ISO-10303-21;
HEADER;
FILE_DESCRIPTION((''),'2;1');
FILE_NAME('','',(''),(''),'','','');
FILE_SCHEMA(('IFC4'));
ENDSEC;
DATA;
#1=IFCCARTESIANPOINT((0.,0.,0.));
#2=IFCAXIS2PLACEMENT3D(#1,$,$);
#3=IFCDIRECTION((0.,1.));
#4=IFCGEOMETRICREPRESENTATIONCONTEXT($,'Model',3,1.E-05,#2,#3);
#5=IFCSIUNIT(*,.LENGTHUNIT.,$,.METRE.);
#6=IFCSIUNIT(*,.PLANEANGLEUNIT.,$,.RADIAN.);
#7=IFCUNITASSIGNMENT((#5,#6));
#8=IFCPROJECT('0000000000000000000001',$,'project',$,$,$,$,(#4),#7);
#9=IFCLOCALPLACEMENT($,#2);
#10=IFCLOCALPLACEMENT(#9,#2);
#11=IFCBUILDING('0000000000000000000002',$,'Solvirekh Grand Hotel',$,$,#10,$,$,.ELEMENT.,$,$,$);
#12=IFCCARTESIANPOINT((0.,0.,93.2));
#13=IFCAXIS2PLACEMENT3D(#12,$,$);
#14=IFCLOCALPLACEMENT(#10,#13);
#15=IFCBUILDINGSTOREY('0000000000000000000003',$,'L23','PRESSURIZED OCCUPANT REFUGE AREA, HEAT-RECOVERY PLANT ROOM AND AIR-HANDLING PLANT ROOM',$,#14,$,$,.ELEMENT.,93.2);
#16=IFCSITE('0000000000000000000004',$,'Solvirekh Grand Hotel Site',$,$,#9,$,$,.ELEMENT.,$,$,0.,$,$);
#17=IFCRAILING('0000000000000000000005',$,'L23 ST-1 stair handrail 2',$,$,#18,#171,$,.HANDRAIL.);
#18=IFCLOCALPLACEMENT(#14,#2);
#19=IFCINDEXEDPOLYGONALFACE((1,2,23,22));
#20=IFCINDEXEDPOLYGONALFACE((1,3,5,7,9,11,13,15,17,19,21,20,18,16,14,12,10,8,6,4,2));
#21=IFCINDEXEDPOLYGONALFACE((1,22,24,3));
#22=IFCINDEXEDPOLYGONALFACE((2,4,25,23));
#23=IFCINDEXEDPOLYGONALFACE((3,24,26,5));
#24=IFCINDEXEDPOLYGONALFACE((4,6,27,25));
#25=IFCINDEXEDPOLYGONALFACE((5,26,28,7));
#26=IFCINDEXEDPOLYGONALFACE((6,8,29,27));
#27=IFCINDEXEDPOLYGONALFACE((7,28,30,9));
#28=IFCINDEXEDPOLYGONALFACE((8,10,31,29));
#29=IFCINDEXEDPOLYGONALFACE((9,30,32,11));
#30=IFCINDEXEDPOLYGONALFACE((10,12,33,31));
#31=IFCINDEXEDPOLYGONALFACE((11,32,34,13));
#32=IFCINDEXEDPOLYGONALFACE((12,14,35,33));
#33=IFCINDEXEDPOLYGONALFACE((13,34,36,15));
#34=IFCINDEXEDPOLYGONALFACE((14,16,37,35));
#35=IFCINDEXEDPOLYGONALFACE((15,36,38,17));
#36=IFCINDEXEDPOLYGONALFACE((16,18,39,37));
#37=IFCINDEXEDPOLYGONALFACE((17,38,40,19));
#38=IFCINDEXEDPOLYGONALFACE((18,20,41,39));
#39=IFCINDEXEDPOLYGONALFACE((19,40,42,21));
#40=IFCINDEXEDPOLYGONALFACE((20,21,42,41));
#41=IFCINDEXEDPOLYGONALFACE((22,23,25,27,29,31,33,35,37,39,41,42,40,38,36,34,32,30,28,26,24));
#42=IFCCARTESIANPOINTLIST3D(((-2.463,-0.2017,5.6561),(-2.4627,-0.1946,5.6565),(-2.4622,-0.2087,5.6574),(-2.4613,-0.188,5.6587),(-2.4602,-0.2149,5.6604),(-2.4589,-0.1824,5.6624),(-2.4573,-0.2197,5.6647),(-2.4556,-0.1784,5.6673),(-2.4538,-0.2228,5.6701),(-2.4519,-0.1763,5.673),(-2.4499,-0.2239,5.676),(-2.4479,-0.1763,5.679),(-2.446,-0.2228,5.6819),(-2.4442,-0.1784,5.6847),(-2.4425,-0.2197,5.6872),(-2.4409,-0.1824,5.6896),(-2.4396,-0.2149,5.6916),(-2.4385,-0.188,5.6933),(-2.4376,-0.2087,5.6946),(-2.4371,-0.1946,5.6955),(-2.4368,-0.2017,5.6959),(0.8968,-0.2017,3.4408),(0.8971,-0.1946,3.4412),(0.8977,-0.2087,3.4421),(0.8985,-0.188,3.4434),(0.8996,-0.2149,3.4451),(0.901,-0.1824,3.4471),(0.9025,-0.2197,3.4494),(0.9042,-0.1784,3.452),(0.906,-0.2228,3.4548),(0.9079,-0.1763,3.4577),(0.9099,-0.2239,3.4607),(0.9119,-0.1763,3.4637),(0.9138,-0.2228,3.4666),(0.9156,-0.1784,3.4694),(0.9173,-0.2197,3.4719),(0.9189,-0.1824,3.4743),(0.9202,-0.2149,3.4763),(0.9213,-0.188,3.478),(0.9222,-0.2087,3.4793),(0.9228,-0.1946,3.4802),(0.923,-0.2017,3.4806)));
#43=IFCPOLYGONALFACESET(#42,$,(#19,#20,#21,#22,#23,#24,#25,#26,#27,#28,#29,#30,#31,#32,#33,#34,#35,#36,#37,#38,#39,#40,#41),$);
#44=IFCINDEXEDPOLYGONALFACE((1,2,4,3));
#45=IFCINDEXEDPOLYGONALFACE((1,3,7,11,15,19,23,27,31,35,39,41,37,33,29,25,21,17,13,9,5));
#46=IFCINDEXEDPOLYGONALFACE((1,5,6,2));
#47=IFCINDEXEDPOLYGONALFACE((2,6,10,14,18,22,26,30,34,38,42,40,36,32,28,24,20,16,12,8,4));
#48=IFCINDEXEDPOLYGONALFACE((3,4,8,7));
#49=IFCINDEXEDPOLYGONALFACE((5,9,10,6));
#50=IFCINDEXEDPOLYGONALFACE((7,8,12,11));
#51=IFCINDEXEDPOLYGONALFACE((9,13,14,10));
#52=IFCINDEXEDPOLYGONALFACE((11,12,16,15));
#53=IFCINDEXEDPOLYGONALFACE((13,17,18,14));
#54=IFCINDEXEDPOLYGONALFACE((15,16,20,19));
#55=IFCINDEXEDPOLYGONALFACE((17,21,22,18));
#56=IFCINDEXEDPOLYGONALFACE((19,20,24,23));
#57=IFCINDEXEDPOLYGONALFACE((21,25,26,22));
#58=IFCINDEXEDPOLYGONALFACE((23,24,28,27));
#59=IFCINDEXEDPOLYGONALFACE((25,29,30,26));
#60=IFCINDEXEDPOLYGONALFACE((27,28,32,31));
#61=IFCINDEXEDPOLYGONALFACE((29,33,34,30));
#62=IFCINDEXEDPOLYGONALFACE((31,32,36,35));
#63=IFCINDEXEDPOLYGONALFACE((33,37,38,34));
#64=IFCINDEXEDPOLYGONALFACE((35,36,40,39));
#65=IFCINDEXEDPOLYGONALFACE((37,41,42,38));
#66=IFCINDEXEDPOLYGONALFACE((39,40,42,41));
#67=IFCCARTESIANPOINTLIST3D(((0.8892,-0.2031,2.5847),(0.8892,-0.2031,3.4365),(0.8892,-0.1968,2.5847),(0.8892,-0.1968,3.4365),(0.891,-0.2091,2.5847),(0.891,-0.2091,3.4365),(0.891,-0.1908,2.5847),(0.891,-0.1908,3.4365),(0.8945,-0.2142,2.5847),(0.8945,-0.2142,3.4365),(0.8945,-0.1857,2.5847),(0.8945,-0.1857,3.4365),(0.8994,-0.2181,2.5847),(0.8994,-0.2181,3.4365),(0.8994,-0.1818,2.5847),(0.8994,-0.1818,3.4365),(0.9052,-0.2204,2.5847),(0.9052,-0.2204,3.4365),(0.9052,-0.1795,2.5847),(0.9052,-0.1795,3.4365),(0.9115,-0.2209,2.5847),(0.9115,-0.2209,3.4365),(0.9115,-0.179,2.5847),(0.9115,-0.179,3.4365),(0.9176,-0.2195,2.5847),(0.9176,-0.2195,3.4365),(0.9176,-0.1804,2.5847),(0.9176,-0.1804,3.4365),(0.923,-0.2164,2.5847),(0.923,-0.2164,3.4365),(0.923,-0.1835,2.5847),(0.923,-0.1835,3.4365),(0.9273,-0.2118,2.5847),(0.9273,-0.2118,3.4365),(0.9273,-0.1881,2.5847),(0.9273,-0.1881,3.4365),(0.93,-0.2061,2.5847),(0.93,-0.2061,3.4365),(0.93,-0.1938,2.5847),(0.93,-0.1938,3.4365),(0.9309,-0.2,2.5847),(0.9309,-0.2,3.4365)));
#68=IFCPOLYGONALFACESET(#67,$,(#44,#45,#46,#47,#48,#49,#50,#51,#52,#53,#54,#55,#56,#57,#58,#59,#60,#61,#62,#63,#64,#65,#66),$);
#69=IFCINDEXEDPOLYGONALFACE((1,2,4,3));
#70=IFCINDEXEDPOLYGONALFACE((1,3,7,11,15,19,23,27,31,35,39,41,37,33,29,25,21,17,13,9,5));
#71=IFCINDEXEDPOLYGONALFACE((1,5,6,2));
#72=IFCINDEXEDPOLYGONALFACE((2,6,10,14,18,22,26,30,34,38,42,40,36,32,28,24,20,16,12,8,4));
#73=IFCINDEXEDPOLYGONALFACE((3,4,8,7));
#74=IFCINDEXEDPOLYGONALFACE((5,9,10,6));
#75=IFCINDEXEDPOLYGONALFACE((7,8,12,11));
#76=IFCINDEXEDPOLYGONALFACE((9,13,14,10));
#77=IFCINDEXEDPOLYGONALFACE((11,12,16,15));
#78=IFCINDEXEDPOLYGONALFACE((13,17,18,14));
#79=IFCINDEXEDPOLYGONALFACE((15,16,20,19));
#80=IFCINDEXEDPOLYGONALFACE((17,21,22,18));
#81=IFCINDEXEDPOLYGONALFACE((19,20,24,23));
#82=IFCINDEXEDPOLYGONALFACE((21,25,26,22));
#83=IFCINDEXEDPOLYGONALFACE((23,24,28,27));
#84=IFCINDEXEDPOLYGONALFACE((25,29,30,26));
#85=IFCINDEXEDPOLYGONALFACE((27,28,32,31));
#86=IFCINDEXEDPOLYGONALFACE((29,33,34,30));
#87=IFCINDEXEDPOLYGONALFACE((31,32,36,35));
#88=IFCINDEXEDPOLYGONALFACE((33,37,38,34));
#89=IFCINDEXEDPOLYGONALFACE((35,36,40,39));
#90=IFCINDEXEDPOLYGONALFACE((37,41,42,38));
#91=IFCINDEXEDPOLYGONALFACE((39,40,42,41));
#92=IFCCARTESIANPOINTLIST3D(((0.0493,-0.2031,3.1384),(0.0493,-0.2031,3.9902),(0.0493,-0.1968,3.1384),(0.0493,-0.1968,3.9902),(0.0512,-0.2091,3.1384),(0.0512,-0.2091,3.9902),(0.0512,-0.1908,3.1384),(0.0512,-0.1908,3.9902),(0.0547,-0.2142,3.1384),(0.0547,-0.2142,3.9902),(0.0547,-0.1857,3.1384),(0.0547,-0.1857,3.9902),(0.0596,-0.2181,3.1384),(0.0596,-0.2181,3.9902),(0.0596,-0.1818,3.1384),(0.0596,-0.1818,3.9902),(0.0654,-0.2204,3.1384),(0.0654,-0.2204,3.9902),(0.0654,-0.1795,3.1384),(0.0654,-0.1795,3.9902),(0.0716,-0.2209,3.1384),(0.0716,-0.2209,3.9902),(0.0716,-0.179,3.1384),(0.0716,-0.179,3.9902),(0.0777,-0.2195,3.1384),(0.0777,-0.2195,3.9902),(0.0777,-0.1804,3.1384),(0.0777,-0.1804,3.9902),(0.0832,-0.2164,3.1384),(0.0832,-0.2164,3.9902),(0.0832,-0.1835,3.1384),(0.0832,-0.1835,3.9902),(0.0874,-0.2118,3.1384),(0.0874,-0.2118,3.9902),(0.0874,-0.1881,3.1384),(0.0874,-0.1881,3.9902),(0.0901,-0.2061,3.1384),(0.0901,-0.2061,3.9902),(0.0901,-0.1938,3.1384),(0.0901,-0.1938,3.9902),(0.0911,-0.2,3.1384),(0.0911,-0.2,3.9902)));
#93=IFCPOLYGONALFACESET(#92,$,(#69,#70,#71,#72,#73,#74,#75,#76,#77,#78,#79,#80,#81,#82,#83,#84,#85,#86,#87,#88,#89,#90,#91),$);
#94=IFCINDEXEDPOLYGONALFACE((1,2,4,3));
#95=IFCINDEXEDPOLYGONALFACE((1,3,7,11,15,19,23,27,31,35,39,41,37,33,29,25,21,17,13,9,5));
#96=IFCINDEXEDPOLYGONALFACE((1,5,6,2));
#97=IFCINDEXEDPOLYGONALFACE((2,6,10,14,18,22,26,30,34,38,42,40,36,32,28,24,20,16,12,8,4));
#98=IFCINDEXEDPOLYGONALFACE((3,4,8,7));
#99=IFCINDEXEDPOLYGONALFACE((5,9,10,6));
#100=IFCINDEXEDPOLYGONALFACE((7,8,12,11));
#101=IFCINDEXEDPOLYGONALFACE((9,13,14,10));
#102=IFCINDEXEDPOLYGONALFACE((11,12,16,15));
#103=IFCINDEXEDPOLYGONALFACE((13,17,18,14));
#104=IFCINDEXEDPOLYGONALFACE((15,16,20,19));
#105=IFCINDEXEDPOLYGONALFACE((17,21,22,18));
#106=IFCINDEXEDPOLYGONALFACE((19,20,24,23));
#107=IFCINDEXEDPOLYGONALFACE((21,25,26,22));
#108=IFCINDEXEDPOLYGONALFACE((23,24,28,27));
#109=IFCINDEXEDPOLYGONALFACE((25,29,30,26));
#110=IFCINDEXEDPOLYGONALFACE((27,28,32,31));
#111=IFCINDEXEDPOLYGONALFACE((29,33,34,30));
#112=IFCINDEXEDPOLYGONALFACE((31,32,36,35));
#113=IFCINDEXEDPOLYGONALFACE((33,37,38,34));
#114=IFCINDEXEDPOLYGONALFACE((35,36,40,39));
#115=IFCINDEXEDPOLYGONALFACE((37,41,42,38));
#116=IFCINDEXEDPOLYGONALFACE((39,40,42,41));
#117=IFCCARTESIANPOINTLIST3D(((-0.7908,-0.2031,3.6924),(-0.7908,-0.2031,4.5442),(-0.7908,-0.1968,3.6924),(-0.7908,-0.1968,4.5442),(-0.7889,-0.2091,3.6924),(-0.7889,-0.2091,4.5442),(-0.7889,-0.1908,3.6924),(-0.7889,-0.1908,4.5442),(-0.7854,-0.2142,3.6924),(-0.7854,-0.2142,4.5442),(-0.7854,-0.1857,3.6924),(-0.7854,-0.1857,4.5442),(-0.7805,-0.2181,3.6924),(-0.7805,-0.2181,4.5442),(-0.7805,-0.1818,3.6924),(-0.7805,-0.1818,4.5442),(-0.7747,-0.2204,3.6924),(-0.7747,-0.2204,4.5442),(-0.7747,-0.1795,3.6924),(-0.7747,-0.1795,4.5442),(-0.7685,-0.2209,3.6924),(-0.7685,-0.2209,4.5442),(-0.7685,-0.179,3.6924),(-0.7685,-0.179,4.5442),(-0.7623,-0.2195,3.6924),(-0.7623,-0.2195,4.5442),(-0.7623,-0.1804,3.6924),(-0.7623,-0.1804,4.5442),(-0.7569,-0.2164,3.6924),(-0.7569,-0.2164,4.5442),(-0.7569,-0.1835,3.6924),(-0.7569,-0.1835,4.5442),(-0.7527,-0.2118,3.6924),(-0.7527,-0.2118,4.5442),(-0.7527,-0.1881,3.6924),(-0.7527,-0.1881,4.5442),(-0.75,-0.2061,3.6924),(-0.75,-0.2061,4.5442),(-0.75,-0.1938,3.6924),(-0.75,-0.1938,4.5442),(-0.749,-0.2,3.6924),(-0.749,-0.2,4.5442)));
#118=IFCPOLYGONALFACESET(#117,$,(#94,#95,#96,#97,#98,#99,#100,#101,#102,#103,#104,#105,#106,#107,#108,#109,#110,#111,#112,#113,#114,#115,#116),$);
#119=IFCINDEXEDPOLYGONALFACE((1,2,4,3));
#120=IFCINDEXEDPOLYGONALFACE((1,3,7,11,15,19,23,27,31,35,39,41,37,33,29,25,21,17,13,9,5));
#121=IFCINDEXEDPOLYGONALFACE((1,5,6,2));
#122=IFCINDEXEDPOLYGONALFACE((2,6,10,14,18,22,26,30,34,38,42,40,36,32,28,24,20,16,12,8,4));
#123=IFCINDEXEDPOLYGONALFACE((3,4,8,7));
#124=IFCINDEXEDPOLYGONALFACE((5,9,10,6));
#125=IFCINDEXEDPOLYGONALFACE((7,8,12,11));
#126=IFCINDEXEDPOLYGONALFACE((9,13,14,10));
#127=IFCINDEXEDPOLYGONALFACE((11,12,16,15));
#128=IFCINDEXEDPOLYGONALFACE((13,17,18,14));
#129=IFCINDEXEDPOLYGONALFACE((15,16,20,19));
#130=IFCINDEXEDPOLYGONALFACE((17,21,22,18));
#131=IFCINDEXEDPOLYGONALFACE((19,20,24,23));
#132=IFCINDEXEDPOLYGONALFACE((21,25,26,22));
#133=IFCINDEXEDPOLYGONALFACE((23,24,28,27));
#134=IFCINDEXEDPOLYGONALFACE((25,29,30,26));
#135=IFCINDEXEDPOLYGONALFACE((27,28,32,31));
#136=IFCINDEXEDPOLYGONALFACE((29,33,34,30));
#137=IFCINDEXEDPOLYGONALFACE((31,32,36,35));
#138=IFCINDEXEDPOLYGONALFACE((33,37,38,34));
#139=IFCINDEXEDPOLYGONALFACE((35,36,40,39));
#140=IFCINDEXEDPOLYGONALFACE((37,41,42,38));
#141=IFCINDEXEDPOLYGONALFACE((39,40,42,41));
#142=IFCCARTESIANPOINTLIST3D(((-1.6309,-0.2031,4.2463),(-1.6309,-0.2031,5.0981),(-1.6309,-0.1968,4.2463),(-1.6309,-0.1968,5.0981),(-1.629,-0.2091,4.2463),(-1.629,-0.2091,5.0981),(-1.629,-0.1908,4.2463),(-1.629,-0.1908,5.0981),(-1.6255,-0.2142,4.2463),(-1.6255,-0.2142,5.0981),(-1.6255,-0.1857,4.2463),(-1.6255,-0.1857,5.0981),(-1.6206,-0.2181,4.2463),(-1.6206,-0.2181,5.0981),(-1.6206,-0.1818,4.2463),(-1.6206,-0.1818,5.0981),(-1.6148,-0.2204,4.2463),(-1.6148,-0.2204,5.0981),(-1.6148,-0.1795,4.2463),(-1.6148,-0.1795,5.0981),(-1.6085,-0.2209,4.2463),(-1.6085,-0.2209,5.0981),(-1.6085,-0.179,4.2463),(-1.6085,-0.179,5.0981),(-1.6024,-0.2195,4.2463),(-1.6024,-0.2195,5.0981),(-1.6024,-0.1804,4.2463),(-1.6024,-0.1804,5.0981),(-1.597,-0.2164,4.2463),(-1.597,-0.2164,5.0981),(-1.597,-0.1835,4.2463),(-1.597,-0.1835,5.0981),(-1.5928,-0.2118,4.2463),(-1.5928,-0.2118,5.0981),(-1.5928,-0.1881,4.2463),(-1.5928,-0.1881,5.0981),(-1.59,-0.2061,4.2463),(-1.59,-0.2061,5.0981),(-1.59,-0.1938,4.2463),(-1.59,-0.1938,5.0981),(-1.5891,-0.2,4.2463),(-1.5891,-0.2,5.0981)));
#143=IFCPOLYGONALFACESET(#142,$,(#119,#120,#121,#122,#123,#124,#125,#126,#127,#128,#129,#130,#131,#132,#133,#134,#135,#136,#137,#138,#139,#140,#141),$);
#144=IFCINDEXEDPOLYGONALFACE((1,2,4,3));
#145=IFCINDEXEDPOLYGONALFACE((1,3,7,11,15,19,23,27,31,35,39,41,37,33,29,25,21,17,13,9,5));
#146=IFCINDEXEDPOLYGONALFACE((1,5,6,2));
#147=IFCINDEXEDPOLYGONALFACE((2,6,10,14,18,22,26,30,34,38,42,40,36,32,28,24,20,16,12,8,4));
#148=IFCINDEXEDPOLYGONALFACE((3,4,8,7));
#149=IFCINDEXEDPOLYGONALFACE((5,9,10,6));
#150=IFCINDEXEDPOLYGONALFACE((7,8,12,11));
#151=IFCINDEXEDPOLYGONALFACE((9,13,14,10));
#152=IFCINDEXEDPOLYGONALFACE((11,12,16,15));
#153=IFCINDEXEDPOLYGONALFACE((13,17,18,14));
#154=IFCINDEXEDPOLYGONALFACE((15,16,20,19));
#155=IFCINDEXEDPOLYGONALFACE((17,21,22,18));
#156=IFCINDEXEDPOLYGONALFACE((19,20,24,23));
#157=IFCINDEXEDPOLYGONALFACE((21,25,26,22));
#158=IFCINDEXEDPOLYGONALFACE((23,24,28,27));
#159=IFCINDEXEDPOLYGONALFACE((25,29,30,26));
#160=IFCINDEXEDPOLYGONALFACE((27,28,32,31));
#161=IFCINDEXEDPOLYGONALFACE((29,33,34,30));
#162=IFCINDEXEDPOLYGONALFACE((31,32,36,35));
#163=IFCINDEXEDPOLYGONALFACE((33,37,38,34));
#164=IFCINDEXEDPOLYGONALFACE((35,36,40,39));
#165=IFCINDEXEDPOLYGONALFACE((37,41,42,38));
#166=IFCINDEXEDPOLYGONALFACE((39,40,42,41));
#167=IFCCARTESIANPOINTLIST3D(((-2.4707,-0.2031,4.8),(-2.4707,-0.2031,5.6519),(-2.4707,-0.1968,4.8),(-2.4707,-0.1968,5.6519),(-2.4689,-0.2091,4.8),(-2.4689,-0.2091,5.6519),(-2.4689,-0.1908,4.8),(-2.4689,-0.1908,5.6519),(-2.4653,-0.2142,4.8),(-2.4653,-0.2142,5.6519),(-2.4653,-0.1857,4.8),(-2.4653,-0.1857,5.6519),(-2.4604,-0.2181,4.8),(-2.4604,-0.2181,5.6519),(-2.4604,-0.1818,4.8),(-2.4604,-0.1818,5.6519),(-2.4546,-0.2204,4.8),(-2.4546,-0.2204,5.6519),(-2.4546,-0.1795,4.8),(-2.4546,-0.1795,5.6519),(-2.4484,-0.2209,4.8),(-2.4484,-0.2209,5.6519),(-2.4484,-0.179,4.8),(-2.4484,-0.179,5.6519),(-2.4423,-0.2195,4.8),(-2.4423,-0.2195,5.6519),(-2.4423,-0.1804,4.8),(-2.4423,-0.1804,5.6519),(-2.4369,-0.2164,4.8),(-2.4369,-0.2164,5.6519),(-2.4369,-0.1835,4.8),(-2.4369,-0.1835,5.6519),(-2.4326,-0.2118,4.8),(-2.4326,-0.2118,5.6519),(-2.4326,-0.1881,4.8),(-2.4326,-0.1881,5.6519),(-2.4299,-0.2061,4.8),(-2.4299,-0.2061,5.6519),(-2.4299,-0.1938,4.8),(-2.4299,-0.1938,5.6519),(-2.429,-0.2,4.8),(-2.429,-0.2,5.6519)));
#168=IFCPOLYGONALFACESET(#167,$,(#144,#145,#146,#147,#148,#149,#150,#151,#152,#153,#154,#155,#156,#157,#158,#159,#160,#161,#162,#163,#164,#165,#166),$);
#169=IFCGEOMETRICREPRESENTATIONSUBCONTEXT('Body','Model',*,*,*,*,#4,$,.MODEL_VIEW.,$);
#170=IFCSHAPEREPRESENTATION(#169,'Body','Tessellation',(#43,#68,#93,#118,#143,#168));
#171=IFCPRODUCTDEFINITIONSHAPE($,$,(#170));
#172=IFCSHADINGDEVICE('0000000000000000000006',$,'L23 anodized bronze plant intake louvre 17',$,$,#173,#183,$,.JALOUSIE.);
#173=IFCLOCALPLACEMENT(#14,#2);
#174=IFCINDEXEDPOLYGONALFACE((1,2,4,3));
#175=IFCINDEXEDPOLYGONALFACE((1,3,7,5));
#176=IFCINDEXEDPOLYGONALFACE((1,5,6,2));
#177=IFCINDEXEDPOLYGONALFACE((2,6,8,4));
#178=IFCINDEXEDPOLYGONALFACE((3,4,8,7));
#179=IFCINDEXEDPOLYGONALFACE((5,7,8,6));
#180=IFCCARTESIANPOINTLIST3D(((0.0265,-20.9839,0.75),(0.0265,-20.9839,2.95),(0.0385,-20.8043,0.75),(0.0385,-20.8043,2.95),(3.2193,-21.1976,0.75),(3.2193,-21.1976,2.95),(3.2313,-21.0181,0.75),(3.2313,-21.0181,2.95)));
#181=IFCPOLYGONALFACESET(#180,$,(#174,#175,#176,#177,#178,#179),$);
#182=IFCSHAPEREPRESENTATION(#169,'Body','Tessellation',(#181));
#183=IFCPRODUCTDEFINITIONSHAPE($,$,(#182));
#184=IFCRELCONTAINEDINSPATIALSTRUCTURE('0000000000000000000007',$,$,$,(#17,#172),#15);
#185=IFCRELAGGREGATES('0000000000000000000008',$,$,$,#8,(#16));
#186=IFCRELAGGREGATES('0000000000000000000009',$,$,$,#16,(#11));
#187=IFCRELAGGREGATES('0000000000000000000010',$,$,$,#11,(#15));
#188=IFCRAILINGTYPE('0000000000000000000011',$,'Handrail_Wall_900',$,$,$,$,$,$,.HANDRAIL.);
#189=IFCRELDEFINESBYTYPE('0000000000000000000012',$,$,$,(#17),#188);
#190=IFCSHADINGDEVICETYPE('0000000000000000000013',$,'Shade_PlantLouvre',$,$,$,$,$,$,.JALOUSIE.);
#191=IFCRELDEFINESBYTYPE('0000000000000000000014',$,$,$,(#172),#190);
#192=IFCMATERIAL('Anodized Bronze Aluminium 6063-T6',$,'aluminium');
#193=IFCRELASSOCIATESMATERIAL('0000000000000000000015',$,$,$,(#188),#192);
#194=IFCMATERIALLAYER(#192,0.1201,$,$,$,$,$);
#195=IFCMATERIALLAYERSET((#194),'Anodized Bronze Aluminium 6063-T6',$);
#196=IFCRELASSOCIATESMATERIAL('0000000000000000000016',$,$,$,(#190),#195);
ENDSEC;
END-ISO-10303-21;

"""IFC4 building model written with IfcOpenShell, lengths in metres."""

from ifc_helpers import new_model, si_unit, direction, frame, origin, origin_2d, place, context, subcontext, project, spatial, rectangle, circle, extrude, material, layer, layer_set, type_object, element, save


model = new_model("IFC4")

# Units and contexts
model_context = context("Model", 3, precision=1e-05, world=origin(), true_north=direction((0.0, 1.0)))
body_context = subcontext(model_context, "Body", "Model", "MODEL_VIEW")
ifc_project = project(units=[si_unit("LENGTHUNIT", "METRE"), si_unit("PLANEANGLEUNIT", "RADIAN")], contexts=[model_context])

# Site, building, storey
site_placement = place(None, origin())
site = spatial("IfcSite", under=ifc_project, at=site_placement, Name="Solvirekh Grand Hotel Site", CompositionType="ELEMENT", RefElevation=0.0)
building_placement = place(site_placement, origin())
building = spatial("IfcBuilding", under=site, at=building_placement, Name="Solvirekh Grand Hotel", CompositionType="ELEMENT")
storey_placement = place(building_placement, frame((0.0, 0.0, 93.2)))
storey = spatial("IfcBuildingStorey", under=building, at=storey_placement, Name="L23", Description="PRESSURIZED OCCUPANT REFUGE AREA, HEAT-RECOVERY PLANT ROOM AND AIR-HANDLING PLANT ROOM", CompositionType="ELEMENT", Elevation=93.2)

# Shared definitions
ifc_material_1 = material(Name="Anodized Bronze Aluminium 6063-T6", Category="aluminium")

# Railing
railing_type_1 = type_object("IfcRailingType", Name="Handrail_Wall_900", PredefinedType="HANDRAIL", material=ifc_material_1)
railing_1_placement = place(storey_placement, frame((0.9099, -0.2, 2.5847)))
element("IfcRailing", 1, at=railing_1_placement, inside=storey, type_object=railing_type_1, Name="L23 ST-1 stair handrail 2", PredefinedType="HANDRAIL", context=body_context, shape_type="SweptSolid", body=[
    extrude(circle(Radius=0.0239, at=origin_2d()), frame((0.0, 0.0, 0.876), z_axis=(-0.834858, 0.0, 0.550465), x_axis=(0.0, -1.0, 0.0)), (0.0, 0.0, 1.0), 4.0244),
    extrude(circle(Radius=0.021, at=origin_2d()), origin(), (0.0, 0.0, 1.0), 0.8518),
    extrude(circle(Radius=0.021, at=origin_2d()), frame((-0.8398, 0.0, 0.5537)), (0.0, 0.0, 1.0), 0.8518),
    extrude(circle(Radius=0.021, at=origin_2d()), frame((-1.6799, 0.0, 1.1077)), (0.0, 0.0, 1.0), 0.8518),
    extrude(circle(Radius=0.021, at=origin_2d()), frame((-2.52, 0.0, 1.6616)), (0.0, 0.0, 1.0), 0.8518),
    extrude(circle(Radius=0.021, at=origin_2d()), frame((-3.3599, 0.0, 2.2153)), (0.0, 0.0, 1.0), 0.8518),
])

# Shading device
ifc_layer_1 = layer(ifc_material_1, 0.1201)
ifc_layer_set_1 = layer_set([ifc_layer_1], Name="Anodized Bronze Aluminium 6063-T6")
shading_device_type = type_object("IfcShadingDeviceType", Name="Shade_PlantLouvre", PredefinedType="JALOUSIE", material=ifc_layer_set_1)
shading_device_placement = place(storey_placement, frame((1.6289, -21.001, 0.75), z_axis=(0.0, 0.0, 1.0), x_axis=(-0.997767, 0.066796, 0.0)))
element("IfcShadingDevice", 2, at=shading_device_placement, inside=storey, type_object=shading_device_type, Name="L23 anodized bronze plant intake louvre 17", PredefinedType="JALOUSIE", context=body_context, shape_type="SweptSolid", body=[
    extrude(rectangle(XDim=3.2, YDim=0.1799, at=origin_2d()), origin(), (0.0, 0.0, 1.0), 2.2),
])

save(model, "model.ifc")
